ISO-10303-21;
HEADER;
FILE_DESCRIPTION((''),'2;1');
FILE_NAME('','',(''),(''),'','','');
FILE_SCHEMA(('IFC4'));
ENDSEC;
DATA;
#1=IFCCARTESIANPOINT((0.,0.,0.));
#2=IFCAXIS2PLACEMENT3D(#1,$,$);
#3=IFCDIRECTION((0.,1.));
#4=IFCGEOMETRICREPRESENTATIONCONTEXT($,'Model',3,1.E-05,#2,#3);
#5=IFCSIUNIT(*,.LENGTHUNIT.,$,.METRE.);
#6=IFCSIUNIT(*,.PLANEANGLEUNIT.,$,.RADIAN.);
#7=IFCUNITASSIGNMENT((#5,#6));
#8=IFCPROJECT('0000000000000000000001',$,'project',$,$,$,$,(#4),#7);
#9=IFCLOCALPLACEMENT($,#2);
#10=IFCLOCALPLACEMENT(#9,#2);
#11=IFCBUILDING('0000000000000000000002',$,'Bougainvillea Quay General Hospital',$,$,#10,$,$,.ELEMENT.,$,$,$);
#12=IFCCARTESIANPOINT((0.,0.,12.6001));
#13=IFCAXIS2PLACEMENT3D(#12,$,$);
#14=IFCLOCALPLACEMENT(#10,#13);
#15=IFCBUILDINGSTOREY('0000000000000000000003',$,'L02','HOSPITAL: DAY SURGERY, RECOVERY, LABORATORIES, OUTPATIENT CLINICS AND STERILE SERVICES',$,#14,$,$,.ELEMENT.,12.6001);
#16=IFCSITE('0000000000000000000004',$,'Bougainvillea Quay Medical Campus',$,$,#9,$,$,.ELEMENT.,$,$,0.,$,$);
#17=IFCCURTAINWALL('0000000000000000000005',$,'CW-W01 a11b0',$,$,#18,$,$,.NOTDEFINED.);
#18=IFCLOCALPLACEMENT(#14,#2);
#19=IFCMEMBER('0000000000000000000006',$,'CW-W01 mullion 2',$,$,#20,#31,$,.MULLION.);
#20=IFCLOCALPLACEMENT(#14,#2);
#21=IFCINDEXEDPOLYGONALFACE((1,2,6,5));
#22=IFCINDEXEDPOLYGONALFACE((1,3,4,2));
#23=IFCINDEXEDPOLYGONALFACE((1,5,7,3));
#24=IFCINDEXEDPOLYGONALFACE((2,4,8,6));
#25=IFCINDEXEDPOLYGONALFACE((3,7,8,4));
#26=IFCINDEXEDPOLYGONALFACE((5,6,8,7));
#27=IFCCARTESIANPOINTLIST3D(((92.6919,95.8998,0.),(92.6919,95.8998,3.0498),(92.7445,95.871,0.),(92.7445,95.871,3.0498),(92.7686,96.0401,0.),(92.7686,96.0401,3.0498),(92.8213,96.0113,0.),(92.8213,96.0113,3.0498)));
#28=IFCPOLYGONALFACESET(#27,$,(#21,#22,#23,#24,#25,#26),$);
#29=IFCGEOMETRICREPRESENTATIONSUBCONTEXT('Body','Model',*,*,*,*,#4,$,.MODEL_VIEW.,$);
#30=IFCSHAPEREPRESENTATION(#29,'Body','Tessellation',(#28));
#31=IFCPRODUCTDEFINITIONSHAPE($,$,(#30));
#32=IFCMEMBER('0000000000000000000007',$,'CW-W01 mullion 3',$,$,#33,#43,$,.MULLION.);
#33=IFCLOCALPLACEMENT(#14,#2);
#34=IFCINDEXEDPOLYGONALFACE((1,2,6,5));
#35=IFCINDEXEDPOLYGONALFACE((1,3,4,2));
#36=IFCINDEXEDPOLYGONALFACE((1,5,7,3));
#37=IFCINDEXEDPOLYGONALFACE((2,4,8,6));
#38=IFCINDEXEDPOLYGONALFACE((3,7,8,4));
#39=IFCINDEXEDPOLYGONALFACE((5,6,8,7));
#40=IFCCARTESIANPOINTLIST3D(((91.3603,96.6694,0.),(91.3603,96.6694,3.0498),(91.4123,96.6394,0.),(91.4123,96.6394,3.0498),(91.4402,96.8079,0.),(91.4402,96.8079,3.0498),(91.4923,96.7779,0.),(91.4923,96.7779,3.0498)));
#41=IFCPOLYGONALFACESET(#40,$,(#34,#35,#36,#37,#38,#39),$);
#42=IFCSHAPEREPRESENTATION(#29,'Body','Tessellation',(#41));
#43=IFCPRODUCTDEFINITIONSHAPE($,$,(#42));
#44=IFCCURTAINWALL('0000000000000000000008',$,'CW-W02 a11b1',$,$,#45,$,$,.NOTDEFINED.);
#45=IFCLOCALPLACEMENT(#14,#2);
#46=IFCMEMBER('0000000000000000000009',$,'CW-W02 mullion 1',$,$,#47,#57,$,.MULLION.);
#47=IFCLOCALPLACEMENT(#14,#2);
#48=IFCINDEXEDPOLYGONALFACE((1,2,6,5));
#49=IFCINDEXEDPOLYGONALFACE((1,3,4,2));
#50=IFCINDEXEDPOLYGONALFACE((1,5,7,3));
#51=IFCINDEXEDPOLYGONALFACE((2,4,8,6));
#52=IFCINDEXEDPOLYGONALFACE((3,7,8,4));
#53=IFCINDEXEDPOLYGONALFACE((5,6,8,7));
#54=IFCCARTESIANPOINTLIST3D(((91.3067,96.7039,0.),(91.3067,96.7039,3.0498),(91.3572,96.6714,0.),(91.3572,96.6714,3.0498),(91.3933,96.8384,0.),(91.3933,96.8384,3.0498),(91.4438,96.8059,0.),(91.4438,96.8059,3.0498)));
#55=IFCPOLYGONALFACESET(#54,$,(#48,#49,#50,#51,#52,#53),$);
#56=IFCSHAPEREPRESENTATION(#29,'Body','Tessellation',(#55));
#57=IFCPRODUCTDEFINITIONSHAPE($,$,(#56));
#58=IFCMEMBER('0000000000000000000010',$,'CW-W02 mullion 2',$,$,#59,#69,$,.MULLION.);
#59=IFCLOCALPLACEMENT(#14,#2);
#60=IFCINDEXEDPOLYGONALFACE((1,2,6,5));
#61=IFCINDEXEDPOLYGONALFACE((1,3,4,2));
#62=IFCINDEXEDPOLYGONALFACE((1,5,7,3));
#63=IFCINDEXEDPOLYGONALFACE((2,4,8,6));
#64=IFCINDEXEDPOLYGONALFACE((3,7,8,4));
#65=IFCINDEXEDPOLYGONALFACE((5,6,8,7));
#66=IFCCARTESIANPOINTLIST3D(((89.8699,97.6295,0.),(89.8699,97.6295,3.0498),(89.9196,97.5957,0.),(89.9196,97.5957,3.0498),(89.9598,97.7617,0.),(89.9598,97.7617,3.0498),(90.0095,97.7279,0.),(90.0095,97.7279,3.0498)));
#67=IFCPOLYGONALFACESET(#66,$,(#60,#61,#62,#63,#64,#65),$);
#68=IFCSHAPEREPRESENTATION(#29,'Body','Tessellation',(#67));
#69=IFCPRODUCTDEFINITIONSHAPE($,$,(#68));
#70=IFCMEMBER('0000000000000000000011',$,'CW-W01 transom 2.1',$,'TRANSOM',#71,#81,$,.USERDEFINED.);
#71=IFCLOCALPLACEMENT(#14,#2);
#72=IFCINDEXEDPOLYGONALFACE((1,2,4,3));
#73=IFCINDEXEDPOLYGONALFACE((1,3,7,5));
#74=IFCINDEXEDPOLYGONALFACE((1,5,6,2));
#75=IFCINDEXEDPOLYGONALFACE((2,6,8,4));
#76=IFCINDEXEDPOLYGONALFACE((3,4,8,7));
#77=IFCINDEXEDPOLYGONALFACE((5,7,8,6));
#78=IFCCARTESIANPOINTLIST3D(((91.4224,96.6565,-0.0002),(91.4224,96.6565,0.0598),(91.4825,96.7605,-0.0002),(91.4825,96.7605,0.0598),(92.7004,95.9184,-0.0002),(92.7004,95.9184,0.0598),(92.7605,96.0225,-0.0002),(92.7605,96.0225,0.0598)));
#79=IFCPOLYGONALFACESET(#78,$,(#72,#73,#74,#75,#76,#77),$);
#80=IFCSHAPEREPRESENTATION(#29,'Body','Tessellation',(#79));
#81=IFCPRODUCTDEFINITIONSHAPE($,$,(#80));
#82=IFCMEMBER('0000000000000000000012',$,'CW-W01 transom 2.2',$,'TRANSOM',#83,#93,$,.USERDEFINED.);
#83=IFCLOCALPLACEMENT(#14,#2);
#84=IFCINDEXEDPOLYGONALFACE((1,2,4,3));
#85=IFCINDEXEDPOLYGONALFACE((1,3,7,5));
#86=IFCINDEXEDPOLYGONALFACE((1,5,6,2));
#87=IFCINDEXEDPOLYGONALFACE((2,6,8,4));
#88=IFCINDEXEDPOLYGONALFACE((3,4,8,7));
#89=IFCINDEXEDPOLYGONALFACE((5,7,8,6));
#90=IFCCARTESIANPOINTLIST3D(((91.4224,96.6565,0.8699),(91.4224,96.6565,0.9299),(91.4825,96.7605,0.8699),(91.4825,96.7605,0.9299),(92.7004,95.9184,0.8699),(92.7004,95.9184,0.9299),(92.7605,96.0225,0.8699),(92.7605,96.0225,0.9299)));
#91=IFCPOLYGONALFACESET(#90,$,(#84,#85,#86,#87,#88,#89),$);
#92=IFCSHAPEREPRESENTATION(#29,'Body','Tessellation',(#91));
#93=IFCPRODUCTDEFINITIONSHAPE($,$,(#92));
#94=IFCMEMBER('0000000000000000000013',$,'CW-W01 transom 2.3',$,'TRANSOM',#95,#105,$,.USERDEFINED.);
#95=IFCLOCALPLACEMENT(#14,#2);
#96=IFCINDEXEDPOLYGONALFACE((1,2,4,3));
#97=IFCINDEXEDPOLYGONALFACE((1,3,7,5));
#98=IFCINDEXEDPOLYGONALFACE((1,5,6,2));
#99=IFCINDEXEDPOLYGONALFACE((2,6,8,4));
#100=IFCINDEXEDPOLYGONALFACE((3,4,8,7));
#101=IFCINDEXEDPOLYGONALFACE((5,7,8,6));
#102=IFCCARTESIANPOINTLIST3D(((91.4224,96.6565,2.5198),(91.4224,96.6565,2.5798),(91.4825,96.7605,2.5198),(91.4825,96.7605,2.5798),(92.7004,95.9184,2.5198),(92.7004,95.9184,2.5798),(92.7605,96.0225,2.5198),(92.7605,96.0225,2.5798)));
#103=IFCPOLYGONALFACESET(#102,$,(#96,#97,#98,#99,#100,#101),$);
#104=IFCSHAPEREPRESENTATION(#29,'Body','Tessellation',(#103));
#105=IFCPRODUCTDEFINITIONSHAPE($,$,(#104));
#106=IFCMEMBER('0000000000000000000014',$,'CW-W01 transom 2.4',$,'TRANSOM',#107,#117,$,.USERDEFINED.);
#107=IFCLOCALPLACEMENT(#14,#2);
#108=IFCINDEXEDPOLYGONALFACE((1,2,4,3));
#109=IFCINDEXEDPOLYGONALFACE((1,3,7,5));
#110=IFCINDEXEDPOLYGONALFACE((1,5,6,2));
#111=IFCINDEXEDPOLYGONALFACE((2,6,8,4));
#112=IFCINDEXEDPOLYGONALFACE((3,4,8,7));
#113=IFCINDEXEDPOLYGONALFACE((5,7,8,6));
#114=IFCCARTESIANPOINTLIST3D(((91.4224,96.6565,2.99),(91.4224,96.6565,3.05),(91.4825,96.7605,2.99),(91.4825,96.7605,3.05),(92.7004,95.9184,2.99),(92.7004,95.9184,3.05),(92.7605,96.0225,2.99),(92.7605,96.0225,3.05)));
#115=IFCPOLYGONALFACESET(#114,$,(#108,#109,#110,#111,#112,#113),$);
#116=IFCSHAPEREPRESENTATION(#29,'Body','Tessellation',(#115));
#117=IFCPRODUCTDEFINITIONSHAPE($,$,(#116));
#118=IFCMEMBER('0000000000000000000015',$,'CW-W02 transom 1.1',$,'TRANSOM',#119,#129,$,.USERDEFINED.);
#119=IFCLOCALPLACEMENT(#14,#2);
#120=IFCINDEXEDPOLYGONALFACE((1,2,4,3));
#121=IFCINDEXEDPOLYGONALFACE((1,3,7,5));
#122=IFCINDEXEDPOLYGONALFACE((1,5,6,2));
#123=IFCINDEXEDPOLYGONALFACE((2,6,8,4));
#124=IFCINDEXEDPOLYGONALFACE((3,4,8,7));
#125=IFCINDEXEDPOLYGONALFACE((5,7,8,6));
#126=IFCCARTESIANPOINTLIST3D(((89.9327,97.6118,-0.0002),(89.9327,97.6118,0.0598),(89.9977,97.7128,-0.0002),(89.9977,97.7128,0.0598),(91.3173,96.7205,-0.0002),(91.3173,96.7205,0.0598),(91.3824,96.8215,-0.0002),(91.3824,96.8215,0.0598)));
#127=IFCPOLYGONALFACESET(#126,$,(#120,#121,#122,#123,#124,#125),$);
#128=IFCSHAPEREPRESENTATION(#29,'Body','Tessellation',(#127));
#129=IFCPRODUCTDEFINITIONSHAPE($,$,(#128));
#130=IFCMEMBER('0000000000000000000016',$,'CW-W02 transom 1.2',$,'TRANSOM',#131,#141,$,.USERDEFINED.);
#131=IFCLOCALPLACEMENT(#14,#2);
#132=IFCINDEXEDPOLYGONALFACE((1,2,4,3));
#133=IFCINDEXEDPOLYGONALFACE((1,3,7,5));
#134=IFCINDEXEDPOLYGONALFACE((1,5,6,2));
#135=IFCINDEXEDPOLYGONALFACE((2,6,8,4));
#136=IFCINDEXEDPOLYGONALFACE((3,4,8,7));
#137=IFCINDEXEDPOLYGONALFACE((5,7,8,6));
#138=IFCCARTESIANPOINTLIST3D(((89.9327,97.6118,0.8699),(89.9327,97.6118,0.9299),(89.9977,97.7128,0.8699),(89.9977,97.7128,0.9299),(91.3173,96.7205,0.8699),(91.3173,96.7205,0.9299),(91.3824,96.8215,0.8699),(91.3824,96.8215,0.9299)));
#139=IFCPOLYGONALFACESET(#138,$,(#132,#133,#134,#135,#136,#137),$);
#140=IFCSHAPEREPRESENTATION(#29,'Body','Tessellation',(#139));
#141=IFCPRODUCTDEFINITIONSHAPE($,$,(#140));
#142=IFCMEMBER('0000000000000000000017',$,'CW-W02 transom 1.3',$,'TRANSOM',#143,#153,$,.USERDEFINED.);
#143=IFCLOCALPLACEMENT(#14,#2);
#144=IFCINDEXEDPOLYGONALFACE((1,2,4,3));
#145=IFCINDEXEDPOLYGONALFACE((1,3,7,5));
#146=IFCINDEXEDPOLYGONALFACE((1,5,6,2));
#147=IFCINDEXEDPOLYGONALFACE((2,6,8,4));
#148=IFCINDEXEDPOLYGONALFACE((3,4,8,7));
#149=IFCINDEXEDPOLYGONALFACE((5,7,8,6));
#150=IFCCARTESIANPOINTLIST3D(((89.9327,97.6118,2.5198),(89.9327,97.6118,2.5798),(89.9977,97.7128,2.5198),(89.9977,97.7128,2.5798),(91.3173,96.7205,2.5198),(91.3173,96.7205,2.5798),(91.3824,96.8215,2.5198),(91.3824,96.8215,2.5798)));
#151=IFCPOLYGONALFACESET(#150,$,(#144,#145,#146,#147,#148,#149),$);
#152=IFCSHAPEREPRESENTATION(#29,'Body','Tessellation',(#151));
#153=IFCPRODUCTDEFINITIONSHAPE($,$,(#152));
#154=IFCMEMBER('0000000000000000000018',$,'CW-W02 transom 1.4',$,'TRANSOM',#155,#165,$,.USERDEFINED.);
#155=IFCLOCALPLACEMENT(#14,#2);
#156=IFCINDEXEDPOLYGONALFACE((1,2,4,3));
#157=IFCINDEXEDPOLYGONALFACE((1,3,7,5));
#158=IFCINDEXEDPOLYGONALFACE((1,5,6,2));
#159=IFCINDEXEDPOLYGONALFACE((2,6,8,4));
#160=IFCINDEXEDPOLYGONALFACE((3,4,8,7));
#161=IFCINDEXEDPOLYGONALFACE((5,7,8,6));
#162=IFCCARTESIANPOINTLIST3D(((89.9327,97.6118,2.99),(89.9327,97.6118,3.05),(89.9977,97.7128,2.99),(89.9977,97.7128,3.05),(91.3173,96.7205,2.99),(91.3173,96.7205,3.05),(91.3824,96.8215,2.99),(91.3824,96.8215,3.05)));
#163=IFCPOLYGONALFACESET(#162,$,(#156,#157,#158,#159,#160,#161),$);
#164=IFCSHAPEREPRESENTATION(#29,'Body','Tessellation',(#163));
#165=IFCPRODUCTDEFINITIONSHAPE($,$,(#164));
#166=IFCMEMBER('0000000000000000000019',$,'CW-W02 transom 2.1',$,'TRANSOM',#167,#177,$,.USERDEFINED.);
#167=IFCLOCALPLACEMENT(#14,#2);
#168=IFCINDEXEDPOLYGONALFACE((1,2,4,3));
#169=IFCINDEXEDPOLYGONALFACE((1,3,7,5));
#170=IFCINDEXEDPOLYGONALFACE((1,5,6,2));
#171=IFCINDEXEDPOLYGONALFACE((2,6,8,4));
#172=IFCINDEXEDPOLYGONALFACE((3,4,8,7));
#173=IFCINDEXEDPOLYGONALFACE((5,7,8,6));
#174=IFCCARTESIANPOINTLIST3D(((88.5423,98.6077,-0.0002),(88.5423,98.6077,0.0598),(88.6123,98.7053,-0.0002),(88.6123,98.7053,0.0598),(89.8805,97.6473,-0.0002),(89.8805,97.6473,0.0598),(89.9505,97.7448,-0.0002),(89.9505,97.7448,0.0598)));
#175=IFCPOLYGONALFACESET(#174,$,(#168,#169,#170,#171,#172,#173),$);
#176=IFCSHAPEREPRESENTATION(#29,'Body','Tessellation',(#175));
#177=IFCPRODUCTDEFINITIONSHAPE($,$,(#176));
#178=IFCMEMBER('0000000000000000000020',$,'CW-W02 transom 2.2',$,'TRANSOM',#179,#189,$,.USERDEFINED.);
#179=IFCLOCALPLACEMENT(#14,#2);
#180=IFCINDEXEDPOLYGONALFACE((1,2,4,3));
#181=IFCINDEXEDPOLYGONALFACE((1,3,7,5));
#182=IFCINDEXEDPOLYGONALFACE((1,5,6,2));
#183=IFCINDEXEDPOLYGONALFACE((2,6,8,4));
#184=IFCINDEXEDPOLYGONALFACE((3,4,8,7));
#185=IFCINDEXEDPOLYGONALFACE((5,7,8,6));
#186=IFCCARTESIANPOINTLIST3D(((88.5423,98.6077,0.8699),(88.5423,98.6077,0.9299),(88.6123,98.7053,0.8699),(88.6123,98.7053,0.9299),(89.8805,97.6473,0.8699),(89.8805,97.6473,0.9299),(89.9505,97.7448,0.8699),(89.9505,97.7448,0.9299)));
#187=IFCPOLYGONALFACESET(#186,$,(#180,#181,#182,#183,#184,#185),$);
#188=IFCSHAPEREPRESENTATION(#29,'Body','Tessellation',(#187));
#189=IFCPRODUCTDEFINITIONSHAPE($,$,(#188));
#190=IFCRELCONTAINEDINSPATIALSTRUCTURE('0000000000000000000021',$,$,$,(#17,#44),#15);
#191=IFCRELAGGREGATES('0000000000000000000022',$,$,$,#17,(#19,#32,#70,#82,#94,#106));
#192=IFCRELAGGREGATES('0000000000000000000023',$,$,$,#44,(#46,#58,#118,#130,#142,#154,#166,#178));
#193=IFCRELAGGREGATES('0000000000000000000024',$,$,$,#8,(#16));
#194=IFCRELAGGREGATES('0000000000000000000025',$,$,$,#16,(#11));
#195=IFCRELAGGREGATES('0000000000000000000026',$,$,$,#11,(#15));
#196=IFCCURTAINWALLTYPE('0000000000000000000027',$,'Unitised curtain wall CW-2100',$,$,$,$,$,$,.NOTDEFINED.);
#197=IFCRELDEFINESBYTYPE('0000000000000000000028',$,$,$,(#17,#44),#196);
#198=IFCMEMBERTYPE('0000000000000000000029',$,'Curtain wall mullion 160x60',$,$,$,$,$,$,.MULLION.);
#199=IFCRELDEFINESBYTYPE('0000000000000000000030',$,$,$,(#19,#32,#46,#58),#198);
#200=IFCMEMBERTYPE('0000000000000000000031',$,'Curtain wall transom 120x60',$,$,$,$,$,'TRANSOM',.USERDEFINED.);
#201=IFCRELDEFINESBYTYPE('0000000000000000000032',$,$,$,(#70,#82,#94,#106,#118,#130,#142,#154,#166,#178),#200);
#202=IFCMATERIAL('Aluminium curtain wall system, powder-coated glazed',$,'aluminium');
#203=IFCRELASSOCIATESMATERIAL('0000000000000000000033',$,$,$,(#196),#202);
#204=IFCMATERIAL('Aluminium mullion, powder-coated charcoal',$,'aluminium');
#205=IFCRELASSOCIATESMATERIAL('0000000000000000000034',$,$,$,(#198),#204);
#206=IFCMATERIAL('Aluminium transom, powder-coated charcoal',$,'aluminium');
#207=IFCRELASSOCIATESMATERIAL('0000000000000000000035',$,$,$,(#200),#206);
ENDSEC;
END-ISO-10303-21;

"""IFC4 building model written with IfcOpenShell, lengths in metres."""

from ifc_helpers import new_model, si_unit, direction, frame, origin, origin_2d, place, context, subcontext, project, spatial, rectangle, extrude, material, material_profile, profile_set, type_object, element, aggregate, save


model = new_model("IFC4")

# Units and contexts
model_context = context("Model", 3, precision=1e-05, world=origin(), true_north=direction((0.0, 1.0)))
body_context = subcontext(model_context, "Body", "Model", "MODEL_VIEW")
ifc_project = project(units=[si_unit("LENGTHUNIT", "METRE"), si_unit("PLANEANGLEUNIT", "RADIAN")], contexts=[model_context])

# Site, building, storey
site_placement = place(None, origin())
site = spatial("IfcSite", under=ifc_project, at=site_placement, Name="Bougainvillea Quay Medical Campus", CompositionType="ELEMENT", RefElevation=0.0)
building_placement = place(site_placement, origin())
building = spatial("IfcBuilding", under=site, at=building_placement, Name="Bougainvillea Quay General Hospital", CompositionType="ELEMENT")
storey_placement = place(building_placement, frame((0.0, 0.0, 12.6001)))
storey = spatial("IfcBuildingStorey", under=building, at=storey_placement, Name="L02", Description="HOSPITAL: DAY SURGERY, RECOVERY, LABORATORIES, OUTPATIENT CLINICS AND STERILE SERVICES", CompositionType="ELEMENT", Elevation=12.6001)

# Curtain walls, members
ifc_material_1 = material(Name="Aluminium curtain wall system, powder-coated glazed", Category="aluminium")
curtain_wall_type = type_object("IfcCurtainWallType", Name="Unitised curtain wall CW-2100", PredefinedType="NOTDEFINED", material=ifc_material_1)
curtain_wall_1_placement = place(storey_placement, origin())
curtain_wall_1 = element("IfcCurtainWall", 1, at=curtain_wall_1_placement, inside=storey, type_object=curtain_wall_type, Name="CW-W01 a11b0", PredefinedType="NOTDEFINED")
ifc_material_2 = material(Name="Aluminium mullion, powder-coated charcoal", Category="aluminium")
ifc_material_profile_1 = material_profile(ifc_material_2, rectangle(XDim=0.1599, YDim=0.0601, at=origin_2d()))
ifc_profile_set_1 = profile_set([ifc_material_profile_1], Name="Aluminium mullion, powder-coated charcoal")
member_type_1 = type_object("IfcMemberType", Name="Curtain wall mullion 160x60", PredefinedType="MULLION", material=ifc_profile_set_1)
member_1_placement = place(storey_placement, frame((92.7566, 95.9556, 0.0), z_axis=(0.0, 0.0, 1.0), x_axis=(-0.480103, -0.877212, 0.0)))
member_1 = element("IfcMember", 2, at=member_1_placement, type_object=member_type_1, Name="CW-W01 mullion 2", PredefinedType="MULLION", context=body_context, shape_type="SweptSolid", body=[
    extrude(rectangle(XDim=0.1599, YDim=0.0601, at=origin_2d()), origin(), (0.0, 0.0, 1.0), 3.0498),
])
member_2_placement = place(storey_placement, frame((91.4263, 96.7236, 0.0), z_axis=(0.0, 0.0, 1.0), x_axis=(-0.500031, -0.866007, 0.0)))
member_2 = element("IfcMember", 3, at=member_2_placement, type_object=member_type_1, Name="CW-W01 mullion 3", PredefinedType="MULLION", context=body_context, shape_type="SweptSolid", body=[
    extrude(rectangle(XDim=0.1599, YDim=0.0601, at=origin_2d()), origin(), (0.0, 0.0, 1.0), 3.0498),
])
curtain_wall_2_placement = place(storey_placement, origin())
curtain_wall_2 = element("IfcCurtainWall", 4, at=curtain_wall_2_placement, inside=storey, type_object=curtain_wall_type, Name="CW-W02 a11b1", PredefinedType="NOTDEFINED")
member_3_placement = place(storey_placement, frame((91.3752, 96.7549, 0.0), z_axis=(0.0, 0.0, 1.0), x_axis=(-0.541195, -0.840897, 0.0)))
member_3 = element("IfcMember", 5, at=member_3_placement, type_object=member_type_1, Name="CW-W02 mullion 1", PredefinedType="MULLION", context=body_context, shape_type="SweptSolid", body=[
    extrude(rectangle(XDim=0.1599, YDim=0.0601, at=origin_2d()), origin(), (0.0, 0.0, 1.0), 3.0498),
])
member_4_placement = place(storey_placement, frame((89.9397, 97.6787, 0.0), z_axis=(0.0, 0.0, 1.0), x_axis=(-0.562343, -0.826904, 0.0)))
member_4 = element("IfcMember", 6, at=member_4_placement, type_object=member_type_1, Name="CW-W02 mullion 2", PredefinedType="MULLION", context=body_context, shape_type="SweptSolid", body=[
    extrude(rectangle(XDim=0.1599, YDim=0.0601, at=origin_2d()), origin(), (0.0, 0.0, 1.0), 3.0498),
])

# Members
ifc_material_3 = material(Name="Aluminium transom, powder-coated charcoal", Category="aluminium")
ifc_material_profile_2 = material_profile(ifc_material_3, rectangle(XDim=0.1201, YDim=0.0601, at=origin_2d()))
ifc_profile_set_2 = profile_set([ifc_material_profile_2], Name="Aluminium transom, powder-coated charcoal")
member_type_2 = type_object("IfcMemberType", Name="Curtain wall transom 120x60", ElementType="TRANSOM", PredefinedType="USERDEFINED", material=ifc_profile_set_2)
member_5_placement = place(storey_placement, frame((92.7305, 95.9705, 0.0298), z_axis=(-0.865984, 0.500071, 0.0), x_axis=(-0.500071, -0.865984, 0.0)))
member_5 = element("IfcMember", 7, at=member_5_placement, type_object=member_type_2, Name="CW-W01 transom 2.1", ObjectType="TRANSOM", PredefinedType="USERDEFINED", context=body_context, shape_type="SweptSolid", body=[
    extrude(rectangle(XDim=0.1201, YDim=0.0601, at=origin_2d()), origin(), (0.0, 0.0, 1.0), 1.4758),
])
member_6_placement = place(storey_placement, frame((92.7305, 95.9705, 0.8999), z_axis=(-0.865984, 0.500071, 0.0), x_axis=(-0.500071, -0.865984, 0.0)))
member_6 = element("IfcMember", 8, at=member_6_placement, type_object=member_type_2, Name="CW-W01 transom 2.2", ObjectType="TRANSOM", PredefinedType="USERDEFINED", context=body_context, shape_type="SweptSolid", body=[
    extrude(rectangle(XDim=0.1201, YDim=0.0601, at=origin_2d()), origin(), (0.0, 0.0, 1.0), 1.4758),
])
member_7_placement = place(storey_placement, frame((92.7305, 95.9705, 2.5498), z_axis=(-0.865984, 0.500071, 0.0), x_axis=(-0.500071, -0.865984, 0.0)))
member_7 = element("IfcMember", 9, at=member_7_placement, type_object=member_type_2, Name="CW-W01 transom 2.3", ObjectType="TRANSOM", PredefinedType="USERDEFINED", context=body_context, shape_type="SweptSolid", body=[
    extrude(rectangle(XDim=0.1201, YDim=0.0601, at=origin_2d()), origin(), (0.0, 0.0, 1.0), 1.4758),
])
member_8_placement = place(storey_placement, frame((92.7305, 95.9705, 3.02), z_axis=(-0.865984, 0.500071, 0.0), x_axis=(-0.500071, -0.865984, 0.0)))
member_8 = element("IfcMember", 10, at=member_8_placement, type_object=member_type_2, Name="CW-W01 transom 2.4", ObjectType="TRANSOM", PredefinedType="USERDEFINED", context=body_context, shape_type="SweptSolid", body=[
    extrude(rectangle(XDim=0.1201, YDim=0.0601, at=origin_2d()), origin(), (0.0, 0.0, 1.0), 1.4758),
])
member_9_placement = place(storey_placement, frame((91.3499, 96.771, 0.0298), z_axis=(-0.84086, 0.541252, 0.0), x_axis=(-0.541252, -0.84086, 0.0)))
member_9 = element("IfcMember", 11, at=member_9_placement, type_object=member_type_2, Name="CW-W02 transom 1.1", ObjectType="TRANSOM", PredefinedType="USERDEFINED", context=body_context, shape_type="SweptSolid", body=[
    extrude(rectangle(XDim=0.1201, YDim=0.0601, at=origin_2d()), origin(), (0.0, 0.0, 1.0), 1.6467),
])
member_10_placement = place(storey_placement, frame((91.3499, 96.771, 0.8999), z_axis=(-0.84086, 0.541252, 0.0), x_axis=(-0.541252, -0.84086, 0.0)))
member_10 = element("IfcMember", 12, at=member_10_placement, type_object=member_type_2, Name="CW-W02 transom 1.2", ObjectType="TRANSOM", PredefinedType="USERDEFINED", context=body_context, shape_type="SweptSolid", body=[
    extrude(rectangle(XDim=0.1201, YDim=0.0601, at=origin_2d()), origin(), (0.0, 0.0, 1.0), 1.6467),
])
member_11_placement = place(storey_placement, frame((91.3499, 96.771, 2.5498), z_axis=(-0.84086, 0.541252, 0.0), x_axis=(-0.541252, -0.84086, 0.0)))
member_11 = element("IfcMember", 13, at=member_11_placement, type_object=member_type_2, Name="CW-W02 transom 1.3", ObjectType="TRANSOM", PredefinedType="USERDEFINED", context=body_context, shape_type="SweptSolid", body=[
    extrude(rectangle(XDim=0.1201, YDim=0.0601, at=origin_2d()), origin(), (0.0, 0.0, 1.0), 1.6467),
])
member_12_placement = place(storey_placement, frame((91.3499, 96.771, 3.02), z_axis=(-0.84086, 0.541252, 0.0), x_axis=(-0.541252, -0.84086, 0.0)))
member_12 = element("IfcMember", 14, at=member_12_placement, type_object=member_type_2, Name="CW-W02 transom 1.4", ObjectType="TRANSOM", PredefinedType="USERDEFINED", context=body_context, shape_type="SweptSolid", body=[
    extrude(rectangle(XDim=0.1201, YDim=0.0601, at=origin_2d()), origin(), (0.0, 0.0, 1.0), 1.6467),
])
member_13_placement = place(storey_placement, frame((89.9155, 97.696, 0.0298), z_axis=(-0.812399, 0.583101, 0.0), x_axis=(-0.583101, -0.812399, 0.0)))
member_13 = element("IfcMember", 15, at=member_13_placement, type_object=member_type_2, Name="CW-W02 transom 2.1", ObjectType="TRANSOM", PredefinedType="USERDEFINED", context=body_context, shape_type="SweptSolid", body=[
    extrude(rectangle(XDim=0.1201, YDim=0.0601, at=origin_2d()), origin(), (0.0, 0.0, 1.0), 1.6472),
])
member_14_placement = place(storey_placement, frame((89.9155, 97.696, 0.8999), z_axis=(-0.812399, 0.583101, 0.0), x_axis=(-0.583101, -0.812399, 0.0)))
member_14 = element("IfcMember", 16, at=member_14_placement, type_object=member_type_2, Name="CW-W02 transom 2.2", ObjectType="TRANSOM", PredefinedType="USERDEFINED", context=body_context, shape_type="SweptSolid", body=[
    extrude(rectangle(XDim=0.1201, YDim=0.0601, at=origin_2d()), origin(), (0.0, 0.0, 1.0), 1.6472),
])

aggregate(curtain_wall_1, [member_1, member_2, member_5, member_6, member_7, member_8])
aggregate(curtain_wall_2, [member_3, member_4, member_9, member_10, member_11, member_12, member_13, member_14])

save(model, "model.ifc")
